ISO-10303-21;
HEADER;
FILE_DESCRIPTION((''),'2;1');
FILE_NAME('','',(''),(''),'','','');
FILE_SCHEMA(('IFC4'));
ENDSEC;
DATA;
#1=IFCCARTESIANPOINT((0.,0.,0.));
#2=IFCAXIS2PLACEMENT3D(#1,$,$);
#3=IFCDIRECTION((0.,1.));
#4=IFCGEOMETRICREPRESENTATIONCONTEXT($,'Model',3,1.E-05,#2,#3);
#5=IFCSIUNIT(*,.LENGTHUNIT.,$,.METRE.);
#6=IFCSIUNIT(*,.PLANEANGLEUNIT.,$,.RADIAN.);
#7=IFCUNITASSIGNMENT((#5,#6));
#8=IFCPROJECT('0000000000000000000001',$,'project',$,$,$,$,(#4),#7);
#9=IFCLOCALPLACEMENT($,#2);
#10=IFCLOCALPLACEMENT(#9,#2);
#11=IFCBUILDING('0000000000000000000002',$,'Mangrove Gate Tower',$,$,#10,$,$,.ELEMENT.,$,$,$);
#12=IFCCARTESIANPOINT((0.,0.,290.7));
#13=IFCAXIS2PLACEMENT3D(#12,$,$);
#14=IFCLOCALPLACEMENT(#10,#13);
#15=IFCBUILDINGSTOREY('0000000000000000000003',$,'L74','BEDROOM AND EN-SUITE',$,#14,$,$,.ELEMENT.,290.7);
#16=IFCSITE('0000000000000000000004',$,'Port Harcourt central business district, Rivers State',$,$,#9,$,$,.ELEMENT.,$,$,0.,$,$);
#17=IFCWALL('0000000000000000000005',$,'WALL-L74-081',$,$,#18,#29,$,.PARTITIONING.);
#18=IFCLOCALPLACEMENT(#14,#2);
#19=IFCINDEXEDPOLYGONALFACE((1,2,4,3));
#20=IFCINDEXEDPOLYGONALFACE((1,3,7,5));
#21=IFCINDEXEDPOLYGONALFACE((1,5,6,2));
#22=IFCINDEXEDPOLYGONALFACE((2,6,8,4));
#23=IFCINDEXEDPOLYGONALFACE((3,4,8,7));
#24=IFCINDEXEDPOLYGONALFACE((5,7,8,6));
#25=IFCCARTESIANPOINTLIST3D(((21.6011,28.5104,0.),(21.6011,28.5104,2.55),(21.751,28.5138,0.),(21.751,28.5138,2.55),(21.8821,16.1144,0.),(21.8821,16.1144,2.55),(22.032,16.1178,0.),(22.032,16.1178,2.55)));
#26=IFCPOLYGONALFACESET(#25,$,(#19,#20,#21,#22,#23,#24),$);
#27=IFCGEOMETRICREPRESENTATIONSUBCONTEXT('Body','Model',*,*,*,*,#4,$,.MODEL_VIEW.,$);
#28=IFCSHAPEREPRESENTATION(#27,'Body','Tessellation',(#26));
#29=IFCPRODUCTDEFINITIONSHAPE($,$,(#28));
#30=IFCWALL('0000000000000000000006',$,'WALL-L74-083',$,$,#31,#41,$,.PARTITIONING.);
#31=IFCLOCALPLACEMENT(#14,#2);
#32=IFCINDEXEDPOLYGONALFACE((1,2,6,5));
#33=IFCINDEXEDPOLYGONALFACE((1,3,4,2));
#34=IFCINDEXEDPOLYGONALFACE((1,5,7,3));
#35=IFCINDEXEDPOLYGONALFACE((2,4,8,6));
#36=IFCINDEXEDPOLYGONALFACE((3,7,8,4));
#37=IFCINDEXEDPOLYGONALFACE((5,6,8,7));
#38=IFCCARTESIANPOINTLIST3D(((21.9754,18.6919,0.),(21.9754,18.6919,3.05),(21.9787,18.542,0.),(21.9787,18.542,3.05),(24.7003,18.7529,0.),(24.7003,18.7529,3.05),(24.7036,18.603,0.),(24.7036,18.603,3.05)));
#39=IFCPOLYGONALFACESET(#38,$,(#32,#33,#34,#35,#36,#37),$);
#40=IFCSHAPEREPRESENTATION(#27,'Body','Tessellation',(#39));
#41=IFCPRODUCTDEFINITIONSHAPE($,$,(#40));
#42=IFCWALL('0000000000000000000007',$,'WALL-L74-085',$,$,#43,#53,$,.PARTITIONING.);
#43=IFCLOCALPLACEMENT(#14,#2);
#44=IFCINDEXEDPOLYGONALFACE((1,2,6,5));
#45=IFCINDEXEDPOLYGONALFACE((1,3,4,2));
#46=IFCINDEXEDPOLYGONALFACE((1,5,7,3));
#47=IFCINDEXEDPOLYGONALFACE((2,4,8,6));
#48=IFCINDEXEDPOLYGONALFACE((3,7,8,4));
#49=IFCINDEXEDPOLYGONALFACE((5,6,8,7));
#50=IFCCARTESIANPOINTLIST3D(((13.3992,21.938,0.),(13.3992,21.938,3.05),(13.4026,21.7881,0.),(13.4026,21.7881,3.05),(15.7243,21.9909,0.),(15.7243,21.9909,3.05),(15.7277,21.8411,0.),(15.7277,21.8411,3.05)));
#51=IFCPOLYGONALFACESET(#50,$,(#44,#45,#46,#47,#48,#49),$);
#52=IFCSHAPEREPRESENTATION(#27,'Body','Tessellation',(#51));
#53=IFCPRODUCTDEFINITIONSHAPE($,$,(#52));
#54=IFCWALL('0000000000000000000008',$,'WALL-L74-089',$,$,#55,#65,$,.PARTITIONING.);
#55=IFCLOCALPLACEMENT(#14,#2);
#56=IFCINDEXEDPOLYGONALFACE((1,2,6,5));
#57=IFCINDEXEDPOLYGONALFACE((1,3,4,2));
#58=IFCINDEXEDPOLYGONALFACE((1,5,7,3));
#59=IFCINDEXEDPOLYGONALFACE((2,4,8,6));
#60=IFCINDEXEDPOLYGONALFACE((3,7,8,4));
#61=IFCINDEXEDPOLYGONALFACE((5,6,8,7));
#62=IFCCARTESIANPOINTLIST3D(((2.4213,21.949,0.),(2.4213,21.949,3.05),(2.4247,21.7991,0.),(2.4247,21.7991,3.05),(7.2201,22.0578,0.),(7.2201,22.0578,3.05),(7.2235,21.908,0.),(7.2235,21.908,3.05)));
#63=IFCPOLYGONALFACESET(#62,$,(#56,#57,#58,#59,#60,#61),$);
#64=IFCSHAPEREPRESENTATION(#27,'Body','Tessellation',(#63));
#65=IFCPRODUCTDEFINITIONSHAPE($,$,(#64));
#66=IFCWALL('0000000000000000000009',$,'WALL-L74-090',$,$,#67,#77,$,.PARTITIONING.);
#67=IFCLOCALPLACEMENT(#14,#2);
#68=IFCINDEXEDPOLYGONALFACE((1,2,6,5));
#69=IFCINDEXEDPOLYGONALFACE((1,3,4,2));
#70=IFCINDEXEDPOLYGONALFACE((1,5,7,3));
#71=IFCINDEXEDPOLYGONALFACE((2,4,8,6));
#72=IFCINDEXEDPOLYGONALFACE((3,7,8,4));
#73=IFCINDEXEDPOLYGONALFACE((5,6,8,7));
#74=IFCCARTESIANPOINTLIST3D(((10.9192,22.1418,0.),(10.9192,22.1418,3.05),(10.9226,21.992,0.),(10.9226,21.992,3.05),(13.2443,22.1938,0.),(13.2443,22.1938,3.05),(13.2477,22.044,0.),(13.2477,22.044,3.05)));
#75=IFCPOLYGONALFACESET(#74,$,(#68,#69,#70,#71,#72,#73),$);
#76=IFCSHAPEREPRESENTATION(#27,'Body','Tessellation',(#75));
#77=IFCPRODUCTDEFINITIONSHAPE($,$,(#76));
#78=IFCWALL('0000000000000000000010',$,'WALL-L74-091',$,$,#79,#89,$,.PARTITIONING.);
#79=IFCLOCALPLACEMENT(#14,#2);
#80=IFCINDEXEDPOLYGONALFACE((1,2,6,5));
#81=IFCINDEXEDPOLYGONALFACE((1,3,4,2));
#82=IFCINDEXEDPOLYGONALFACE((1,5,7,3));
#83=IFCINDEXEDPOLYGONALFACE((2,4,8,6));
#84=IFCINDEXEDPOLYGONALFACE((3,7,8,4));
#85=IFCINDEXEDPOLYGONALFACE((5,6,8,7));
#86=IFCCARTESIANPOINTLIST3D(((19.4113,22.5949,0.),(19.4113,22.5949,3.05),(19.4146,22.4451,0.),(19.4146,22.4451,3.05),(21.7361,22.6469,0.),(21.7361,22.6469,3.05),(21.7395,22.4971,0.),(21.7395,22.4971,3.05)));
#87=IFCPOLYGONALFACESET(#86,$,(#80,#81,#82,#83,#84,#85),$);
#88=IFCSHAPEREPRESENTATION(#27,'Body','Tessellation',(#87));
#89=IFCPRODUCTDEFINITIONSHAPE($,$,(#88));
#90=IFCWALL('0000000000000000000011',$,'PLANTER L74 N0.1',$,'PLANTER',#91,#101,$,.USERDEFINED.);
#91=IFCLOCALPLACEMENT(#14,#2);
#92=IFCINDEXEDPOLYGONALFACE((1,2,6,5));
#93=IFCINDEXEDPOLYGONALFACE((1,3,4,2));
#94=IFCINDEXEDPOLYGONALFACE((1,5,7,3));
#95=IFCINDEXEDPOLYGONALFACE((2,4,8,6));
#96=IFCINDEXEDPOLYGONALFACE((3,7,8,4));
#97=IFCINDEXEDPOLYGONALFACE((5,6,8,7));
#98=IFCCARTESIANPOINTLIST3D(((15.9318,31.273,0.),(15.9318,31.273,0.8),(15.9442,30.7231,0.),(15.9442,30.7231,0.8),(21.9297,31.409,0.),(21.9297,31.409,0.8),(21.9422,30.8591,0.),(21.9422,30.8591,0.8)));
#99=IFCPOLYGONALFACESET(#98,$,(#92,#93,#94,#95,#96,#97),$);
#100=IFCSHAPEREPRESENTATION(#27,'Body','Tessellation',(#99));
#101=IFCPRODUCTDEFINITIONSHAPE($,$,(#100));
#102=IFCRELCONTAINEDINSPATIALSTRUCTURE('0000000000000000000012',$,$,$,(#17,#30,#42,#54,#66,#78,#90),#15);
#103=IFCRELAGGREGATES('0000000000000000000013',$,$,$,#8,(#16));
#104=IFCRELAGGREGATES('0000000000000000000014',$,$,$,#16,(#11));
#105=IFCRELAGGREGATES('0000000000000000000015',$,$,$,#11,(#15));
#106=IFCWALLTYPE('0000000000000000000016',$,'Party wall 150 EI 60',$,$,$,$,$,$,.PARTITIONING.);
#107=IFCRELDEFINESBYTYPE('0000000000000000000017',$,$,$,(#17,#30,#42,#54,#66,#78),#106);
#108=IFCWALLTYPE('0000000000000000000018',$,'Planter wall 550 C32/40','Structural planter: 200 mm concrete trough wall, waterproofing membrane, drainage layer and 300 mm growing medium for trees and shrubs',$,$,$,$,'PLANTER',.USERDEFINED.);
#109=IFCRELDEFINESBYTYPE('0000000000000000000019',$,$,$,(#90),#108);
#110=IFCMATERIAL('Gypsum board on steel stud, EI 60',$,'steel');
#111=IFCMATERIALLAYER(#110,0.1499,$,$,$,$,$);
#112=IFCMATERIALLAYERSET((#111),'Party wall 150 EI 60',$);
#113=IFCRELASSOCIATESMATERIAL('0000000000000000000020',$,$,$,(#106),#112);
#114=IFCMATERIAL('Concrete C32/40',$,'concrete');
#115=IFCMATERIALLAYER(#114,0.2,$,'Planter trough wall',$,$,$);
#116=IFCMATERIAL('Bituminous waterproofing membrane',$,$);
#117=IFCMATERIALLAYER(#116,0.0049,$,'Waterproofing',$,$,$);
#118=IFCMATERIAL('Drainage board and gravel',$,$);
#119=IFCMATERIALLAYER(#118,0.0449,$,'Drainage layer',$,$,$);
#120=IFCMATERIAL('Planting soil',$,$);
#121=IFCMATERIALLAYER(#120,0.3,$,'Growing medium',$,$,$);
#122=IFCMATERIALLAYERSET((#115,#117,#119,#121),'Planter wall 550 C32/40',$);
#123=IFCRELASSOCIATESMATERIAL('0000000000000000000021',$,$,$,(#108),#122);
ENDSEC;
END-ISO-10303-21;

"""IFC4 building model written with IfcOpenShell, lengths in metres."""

from ifc_helpers import new_model, si_unit, direction, frame, frame_2d, origin, place, context, subcontext, project, spatial, rectangle, extrude, material, layer, layer_set, type_object, element, save


model = new_model("IFC4")

# Units and contexts
model_context = context("Model", 3, precision=1e-05, world=origin(), true_north=direction((0.0, 1.0)))
body_context = subcontext(model_context, "Body", "Model", "MODEL_VIEW")
ifc_project = project(units=[si_unit("LENGTHUNIT", "METRE"), si_unit("PLANEANGLEUNIT", "RADIAN")], contexts=[model_context])

# Site, building, storey
site_placement = place(None, origin())
site = spatial("IfcSite", under=ifc_project, at=site_placement, Name="Port Harcourt central business district, Rivers State", CompositionType="ELEMENT", RefElevation=0.0)
building_placement = place(site_placement, origin())
building = spatial("IfcBuilding", under=site, at=building_placement, Name="Mangrove Gate Tower", CompositionType="ELEMENT")
storey_placement = place(building_placement, frame((0.0, 0.0, 290.7)))
storey = spatial("IfcBuildingStorey", under=building, at=storey_placement, Name="L74", Description="BEDROOM AND EN-SUITE", CompositionType="ELEMENT", Elevation=290.7)

# Shared definitions
ifc_material_1 = material(Name="Gypsum board on steel stud, EI 60", Category="steel")
ifc_layer_1 = layer(ifc_material_1, 0.1499)
ifc_layer_set_1 = layer_set([ifc_layer_1], Name="Party wall 150 EI 60")
wall_type_1 = type_object("IfcWallType", Name="Party wall 150 EI 60", PredefinedType="PARTITIONING", material=ifc_layer_set_1)

# Walls
wall_1_placement = place(storey_placement, frame((21.957, 16.116, 0.0), z_axis=(0.0, 0.0, 1.0), x_axis=(-0.022663, 0.999743, 0.0)))
element("IfcWall", 1, at=wall_1_placement, inside=storey, type_object=wall_type_1, Name="WALL-L74-081", PredefinedType="PARTITIONING", context=body_context, shape_type="SweptSolid", body=[
    extrude(rectangle(XDim=12.3992, YDim=0.1499, at=frame_2d((6.1997, 0.0))), origin(), (0.0, 0.0, 1.0), 2.55),
])
wall_2_placement = place(storey_placement, frame((21.9771, 18.6169, 0.0), z_axis=(0.0, 0.0, 1.0), x_axis=(0.999749, 0.022394, 0.0)))
element("IfcWall", 2, at=wall_2_placement, inside=storey, type_object=wall_type_1, Name="WALL-L74-083", PredefinedType="PARTITIONING", context=body_context, shape_type="SweptSolid", body=[
    extrude(rectangle(XDim=2.7256, YDim=0.1499, at=frame_2d((1.3628, 0.0))), origin(), (0.0, 0.0, 1.0), 3.05),
])
wall_3_placement = place(storey_placement, frame((13.4009, 21.863, 0.0), z_axis=(0.0, 0.0, 1.0), x_axis=(0.999741, 0.022779, 0.0)))
element("IfcWall", 3, at=wall_3_placement, inside=storey, type_object=wall_type_1, Name="WALL-L74-085", PredefinedType="PARTITIONING", context=body_context, shape_type="SweptSolid", body=[
    extrude(rectangle(XDim=2.3257, YDim=0.1499, at=frame_2d((1.1628, 0.0))), origin(), (0.0, 0.0, 1.0), 3.05),
])
wall_4_placement = place(storey_placement, frame((2.4231, 21.874, 0.0), z_axis=(0.0, 0.0, 1.0), x_axis=(0.999743, 0.022684, 0.0)))
element("IfcWall", 4, at=wall_4_placement, inside=storey, type_object=wall_type_1, Name="WALL-L74-089", PredefinedType="PARTITIONING", context=body_context, shape_type="SweptSolid", body=[
    extrude(rectangle(XDim=4.8, YDim=0.1499, at=frame_2d((2.3999, 0.0))), origin(), (0.0, 0.0, 1.0), 3.05),
])
wall_5_placement = place(storey_placement, frame((10.9209, 22.0669, 0.0), z_axis=(0.0, 0.0, 1.0), x_axis=(0.99975, 0.022359, 0.0)))
element("IfcWall", 5, at=wall_5_placement, inside=storey, type_object=wall_type_1, Name="WALL-L74-090", PredefinedType="PARTITIONING", context=body_context, shape_type="SweptSolid", body=[
    extrude(rectangle(XDim=2.3257, YDim=0.1499, at=frame_2d((1.1628, 0.0))), origin(), (0.0, 0.0, 1.0), 3.05),
])
wall_6_placement = place(storey_placement, frame((19.4131, 22.52, 0.0), z_axis=(0.0, 0.0, 1.0), x_axis=(0.99975, 0.022361, 0.0)))
element("IfcWall", 6, at=wall_6_placement, inside=storey, type_object=wall_type_1, Name="WALL-L74-091", PredefinedType="PARTITIONING", context=body_context, shape_type="SweptSolid", body=[
    extrude(rectangle(XDim=2.3254, YDim=0.1499, at=frame_2d((1.1626, 0.0))), origin(), (0.0, 0.0, 1.0), 3.05),
])
ifc_material_2 = material(Name="Concrete C32/40", Category="concrete")
ifc_layer_2 = layer(ifc_material_2, 0.2, Name="Planter trough wall")
ifc_material_3 = material(Name="Bituminous waterproofing membrane")
ifc_layer_3 = layer(ifc_material_3, 0.0049, Name="Waterproofing")
ifc_material_4 = material(Name="Drainage board and gravel")
ifc_layer_4 = layer(ifc_material_4, 0.0449, Name="Drainage layer")
ifc_material_5 = material(Name="Planting soil")
ifc_layer_5 = layer(ifc_material_5, 0.3, Name="Growing medium")
ifc_layer_set_2 = layer_set([ifc_layer_2, ifc_layer_3, ifc_layer_4, ifc_layer_5], Name="Planter wall 550 C32/40")
wall_type_2 = type_object("IfcWallType", Name="Planter wall 550 C32/40", Description="Structural planter: 200 mm concrete trough wall, waterproofing membrane, drainage layer and 300 mm growing medium for trees and shrubs", ElementType="PLANTER", PredefinedType="USERDEFINED", material=ifc_layer_set_2)
wall_7_placement = place(storey_placement, frame((15.938, 30.998, 0.0), z_axis=(0.0, 0.0, 1.0), x_axis=(0.999743, 0.022666, 0.0)))
element("IfcWall", 7, at=wall_7_placement, inside=storey, type_object=wall_type_2, Name="PLANTER L74 N0.1", ObjectType="PLANTER", PredefinedType="USERDEFINED", context=body_context, shape_type="SweptSolid", body=[
    extrude(rectangle(XDim=5.9995, YDim=0.55, at=frame_2d((2.9998, 0.0))), origin(), (0.0, 0.0, 1.0), 0.8),
])

save(model, "model.ifc")
